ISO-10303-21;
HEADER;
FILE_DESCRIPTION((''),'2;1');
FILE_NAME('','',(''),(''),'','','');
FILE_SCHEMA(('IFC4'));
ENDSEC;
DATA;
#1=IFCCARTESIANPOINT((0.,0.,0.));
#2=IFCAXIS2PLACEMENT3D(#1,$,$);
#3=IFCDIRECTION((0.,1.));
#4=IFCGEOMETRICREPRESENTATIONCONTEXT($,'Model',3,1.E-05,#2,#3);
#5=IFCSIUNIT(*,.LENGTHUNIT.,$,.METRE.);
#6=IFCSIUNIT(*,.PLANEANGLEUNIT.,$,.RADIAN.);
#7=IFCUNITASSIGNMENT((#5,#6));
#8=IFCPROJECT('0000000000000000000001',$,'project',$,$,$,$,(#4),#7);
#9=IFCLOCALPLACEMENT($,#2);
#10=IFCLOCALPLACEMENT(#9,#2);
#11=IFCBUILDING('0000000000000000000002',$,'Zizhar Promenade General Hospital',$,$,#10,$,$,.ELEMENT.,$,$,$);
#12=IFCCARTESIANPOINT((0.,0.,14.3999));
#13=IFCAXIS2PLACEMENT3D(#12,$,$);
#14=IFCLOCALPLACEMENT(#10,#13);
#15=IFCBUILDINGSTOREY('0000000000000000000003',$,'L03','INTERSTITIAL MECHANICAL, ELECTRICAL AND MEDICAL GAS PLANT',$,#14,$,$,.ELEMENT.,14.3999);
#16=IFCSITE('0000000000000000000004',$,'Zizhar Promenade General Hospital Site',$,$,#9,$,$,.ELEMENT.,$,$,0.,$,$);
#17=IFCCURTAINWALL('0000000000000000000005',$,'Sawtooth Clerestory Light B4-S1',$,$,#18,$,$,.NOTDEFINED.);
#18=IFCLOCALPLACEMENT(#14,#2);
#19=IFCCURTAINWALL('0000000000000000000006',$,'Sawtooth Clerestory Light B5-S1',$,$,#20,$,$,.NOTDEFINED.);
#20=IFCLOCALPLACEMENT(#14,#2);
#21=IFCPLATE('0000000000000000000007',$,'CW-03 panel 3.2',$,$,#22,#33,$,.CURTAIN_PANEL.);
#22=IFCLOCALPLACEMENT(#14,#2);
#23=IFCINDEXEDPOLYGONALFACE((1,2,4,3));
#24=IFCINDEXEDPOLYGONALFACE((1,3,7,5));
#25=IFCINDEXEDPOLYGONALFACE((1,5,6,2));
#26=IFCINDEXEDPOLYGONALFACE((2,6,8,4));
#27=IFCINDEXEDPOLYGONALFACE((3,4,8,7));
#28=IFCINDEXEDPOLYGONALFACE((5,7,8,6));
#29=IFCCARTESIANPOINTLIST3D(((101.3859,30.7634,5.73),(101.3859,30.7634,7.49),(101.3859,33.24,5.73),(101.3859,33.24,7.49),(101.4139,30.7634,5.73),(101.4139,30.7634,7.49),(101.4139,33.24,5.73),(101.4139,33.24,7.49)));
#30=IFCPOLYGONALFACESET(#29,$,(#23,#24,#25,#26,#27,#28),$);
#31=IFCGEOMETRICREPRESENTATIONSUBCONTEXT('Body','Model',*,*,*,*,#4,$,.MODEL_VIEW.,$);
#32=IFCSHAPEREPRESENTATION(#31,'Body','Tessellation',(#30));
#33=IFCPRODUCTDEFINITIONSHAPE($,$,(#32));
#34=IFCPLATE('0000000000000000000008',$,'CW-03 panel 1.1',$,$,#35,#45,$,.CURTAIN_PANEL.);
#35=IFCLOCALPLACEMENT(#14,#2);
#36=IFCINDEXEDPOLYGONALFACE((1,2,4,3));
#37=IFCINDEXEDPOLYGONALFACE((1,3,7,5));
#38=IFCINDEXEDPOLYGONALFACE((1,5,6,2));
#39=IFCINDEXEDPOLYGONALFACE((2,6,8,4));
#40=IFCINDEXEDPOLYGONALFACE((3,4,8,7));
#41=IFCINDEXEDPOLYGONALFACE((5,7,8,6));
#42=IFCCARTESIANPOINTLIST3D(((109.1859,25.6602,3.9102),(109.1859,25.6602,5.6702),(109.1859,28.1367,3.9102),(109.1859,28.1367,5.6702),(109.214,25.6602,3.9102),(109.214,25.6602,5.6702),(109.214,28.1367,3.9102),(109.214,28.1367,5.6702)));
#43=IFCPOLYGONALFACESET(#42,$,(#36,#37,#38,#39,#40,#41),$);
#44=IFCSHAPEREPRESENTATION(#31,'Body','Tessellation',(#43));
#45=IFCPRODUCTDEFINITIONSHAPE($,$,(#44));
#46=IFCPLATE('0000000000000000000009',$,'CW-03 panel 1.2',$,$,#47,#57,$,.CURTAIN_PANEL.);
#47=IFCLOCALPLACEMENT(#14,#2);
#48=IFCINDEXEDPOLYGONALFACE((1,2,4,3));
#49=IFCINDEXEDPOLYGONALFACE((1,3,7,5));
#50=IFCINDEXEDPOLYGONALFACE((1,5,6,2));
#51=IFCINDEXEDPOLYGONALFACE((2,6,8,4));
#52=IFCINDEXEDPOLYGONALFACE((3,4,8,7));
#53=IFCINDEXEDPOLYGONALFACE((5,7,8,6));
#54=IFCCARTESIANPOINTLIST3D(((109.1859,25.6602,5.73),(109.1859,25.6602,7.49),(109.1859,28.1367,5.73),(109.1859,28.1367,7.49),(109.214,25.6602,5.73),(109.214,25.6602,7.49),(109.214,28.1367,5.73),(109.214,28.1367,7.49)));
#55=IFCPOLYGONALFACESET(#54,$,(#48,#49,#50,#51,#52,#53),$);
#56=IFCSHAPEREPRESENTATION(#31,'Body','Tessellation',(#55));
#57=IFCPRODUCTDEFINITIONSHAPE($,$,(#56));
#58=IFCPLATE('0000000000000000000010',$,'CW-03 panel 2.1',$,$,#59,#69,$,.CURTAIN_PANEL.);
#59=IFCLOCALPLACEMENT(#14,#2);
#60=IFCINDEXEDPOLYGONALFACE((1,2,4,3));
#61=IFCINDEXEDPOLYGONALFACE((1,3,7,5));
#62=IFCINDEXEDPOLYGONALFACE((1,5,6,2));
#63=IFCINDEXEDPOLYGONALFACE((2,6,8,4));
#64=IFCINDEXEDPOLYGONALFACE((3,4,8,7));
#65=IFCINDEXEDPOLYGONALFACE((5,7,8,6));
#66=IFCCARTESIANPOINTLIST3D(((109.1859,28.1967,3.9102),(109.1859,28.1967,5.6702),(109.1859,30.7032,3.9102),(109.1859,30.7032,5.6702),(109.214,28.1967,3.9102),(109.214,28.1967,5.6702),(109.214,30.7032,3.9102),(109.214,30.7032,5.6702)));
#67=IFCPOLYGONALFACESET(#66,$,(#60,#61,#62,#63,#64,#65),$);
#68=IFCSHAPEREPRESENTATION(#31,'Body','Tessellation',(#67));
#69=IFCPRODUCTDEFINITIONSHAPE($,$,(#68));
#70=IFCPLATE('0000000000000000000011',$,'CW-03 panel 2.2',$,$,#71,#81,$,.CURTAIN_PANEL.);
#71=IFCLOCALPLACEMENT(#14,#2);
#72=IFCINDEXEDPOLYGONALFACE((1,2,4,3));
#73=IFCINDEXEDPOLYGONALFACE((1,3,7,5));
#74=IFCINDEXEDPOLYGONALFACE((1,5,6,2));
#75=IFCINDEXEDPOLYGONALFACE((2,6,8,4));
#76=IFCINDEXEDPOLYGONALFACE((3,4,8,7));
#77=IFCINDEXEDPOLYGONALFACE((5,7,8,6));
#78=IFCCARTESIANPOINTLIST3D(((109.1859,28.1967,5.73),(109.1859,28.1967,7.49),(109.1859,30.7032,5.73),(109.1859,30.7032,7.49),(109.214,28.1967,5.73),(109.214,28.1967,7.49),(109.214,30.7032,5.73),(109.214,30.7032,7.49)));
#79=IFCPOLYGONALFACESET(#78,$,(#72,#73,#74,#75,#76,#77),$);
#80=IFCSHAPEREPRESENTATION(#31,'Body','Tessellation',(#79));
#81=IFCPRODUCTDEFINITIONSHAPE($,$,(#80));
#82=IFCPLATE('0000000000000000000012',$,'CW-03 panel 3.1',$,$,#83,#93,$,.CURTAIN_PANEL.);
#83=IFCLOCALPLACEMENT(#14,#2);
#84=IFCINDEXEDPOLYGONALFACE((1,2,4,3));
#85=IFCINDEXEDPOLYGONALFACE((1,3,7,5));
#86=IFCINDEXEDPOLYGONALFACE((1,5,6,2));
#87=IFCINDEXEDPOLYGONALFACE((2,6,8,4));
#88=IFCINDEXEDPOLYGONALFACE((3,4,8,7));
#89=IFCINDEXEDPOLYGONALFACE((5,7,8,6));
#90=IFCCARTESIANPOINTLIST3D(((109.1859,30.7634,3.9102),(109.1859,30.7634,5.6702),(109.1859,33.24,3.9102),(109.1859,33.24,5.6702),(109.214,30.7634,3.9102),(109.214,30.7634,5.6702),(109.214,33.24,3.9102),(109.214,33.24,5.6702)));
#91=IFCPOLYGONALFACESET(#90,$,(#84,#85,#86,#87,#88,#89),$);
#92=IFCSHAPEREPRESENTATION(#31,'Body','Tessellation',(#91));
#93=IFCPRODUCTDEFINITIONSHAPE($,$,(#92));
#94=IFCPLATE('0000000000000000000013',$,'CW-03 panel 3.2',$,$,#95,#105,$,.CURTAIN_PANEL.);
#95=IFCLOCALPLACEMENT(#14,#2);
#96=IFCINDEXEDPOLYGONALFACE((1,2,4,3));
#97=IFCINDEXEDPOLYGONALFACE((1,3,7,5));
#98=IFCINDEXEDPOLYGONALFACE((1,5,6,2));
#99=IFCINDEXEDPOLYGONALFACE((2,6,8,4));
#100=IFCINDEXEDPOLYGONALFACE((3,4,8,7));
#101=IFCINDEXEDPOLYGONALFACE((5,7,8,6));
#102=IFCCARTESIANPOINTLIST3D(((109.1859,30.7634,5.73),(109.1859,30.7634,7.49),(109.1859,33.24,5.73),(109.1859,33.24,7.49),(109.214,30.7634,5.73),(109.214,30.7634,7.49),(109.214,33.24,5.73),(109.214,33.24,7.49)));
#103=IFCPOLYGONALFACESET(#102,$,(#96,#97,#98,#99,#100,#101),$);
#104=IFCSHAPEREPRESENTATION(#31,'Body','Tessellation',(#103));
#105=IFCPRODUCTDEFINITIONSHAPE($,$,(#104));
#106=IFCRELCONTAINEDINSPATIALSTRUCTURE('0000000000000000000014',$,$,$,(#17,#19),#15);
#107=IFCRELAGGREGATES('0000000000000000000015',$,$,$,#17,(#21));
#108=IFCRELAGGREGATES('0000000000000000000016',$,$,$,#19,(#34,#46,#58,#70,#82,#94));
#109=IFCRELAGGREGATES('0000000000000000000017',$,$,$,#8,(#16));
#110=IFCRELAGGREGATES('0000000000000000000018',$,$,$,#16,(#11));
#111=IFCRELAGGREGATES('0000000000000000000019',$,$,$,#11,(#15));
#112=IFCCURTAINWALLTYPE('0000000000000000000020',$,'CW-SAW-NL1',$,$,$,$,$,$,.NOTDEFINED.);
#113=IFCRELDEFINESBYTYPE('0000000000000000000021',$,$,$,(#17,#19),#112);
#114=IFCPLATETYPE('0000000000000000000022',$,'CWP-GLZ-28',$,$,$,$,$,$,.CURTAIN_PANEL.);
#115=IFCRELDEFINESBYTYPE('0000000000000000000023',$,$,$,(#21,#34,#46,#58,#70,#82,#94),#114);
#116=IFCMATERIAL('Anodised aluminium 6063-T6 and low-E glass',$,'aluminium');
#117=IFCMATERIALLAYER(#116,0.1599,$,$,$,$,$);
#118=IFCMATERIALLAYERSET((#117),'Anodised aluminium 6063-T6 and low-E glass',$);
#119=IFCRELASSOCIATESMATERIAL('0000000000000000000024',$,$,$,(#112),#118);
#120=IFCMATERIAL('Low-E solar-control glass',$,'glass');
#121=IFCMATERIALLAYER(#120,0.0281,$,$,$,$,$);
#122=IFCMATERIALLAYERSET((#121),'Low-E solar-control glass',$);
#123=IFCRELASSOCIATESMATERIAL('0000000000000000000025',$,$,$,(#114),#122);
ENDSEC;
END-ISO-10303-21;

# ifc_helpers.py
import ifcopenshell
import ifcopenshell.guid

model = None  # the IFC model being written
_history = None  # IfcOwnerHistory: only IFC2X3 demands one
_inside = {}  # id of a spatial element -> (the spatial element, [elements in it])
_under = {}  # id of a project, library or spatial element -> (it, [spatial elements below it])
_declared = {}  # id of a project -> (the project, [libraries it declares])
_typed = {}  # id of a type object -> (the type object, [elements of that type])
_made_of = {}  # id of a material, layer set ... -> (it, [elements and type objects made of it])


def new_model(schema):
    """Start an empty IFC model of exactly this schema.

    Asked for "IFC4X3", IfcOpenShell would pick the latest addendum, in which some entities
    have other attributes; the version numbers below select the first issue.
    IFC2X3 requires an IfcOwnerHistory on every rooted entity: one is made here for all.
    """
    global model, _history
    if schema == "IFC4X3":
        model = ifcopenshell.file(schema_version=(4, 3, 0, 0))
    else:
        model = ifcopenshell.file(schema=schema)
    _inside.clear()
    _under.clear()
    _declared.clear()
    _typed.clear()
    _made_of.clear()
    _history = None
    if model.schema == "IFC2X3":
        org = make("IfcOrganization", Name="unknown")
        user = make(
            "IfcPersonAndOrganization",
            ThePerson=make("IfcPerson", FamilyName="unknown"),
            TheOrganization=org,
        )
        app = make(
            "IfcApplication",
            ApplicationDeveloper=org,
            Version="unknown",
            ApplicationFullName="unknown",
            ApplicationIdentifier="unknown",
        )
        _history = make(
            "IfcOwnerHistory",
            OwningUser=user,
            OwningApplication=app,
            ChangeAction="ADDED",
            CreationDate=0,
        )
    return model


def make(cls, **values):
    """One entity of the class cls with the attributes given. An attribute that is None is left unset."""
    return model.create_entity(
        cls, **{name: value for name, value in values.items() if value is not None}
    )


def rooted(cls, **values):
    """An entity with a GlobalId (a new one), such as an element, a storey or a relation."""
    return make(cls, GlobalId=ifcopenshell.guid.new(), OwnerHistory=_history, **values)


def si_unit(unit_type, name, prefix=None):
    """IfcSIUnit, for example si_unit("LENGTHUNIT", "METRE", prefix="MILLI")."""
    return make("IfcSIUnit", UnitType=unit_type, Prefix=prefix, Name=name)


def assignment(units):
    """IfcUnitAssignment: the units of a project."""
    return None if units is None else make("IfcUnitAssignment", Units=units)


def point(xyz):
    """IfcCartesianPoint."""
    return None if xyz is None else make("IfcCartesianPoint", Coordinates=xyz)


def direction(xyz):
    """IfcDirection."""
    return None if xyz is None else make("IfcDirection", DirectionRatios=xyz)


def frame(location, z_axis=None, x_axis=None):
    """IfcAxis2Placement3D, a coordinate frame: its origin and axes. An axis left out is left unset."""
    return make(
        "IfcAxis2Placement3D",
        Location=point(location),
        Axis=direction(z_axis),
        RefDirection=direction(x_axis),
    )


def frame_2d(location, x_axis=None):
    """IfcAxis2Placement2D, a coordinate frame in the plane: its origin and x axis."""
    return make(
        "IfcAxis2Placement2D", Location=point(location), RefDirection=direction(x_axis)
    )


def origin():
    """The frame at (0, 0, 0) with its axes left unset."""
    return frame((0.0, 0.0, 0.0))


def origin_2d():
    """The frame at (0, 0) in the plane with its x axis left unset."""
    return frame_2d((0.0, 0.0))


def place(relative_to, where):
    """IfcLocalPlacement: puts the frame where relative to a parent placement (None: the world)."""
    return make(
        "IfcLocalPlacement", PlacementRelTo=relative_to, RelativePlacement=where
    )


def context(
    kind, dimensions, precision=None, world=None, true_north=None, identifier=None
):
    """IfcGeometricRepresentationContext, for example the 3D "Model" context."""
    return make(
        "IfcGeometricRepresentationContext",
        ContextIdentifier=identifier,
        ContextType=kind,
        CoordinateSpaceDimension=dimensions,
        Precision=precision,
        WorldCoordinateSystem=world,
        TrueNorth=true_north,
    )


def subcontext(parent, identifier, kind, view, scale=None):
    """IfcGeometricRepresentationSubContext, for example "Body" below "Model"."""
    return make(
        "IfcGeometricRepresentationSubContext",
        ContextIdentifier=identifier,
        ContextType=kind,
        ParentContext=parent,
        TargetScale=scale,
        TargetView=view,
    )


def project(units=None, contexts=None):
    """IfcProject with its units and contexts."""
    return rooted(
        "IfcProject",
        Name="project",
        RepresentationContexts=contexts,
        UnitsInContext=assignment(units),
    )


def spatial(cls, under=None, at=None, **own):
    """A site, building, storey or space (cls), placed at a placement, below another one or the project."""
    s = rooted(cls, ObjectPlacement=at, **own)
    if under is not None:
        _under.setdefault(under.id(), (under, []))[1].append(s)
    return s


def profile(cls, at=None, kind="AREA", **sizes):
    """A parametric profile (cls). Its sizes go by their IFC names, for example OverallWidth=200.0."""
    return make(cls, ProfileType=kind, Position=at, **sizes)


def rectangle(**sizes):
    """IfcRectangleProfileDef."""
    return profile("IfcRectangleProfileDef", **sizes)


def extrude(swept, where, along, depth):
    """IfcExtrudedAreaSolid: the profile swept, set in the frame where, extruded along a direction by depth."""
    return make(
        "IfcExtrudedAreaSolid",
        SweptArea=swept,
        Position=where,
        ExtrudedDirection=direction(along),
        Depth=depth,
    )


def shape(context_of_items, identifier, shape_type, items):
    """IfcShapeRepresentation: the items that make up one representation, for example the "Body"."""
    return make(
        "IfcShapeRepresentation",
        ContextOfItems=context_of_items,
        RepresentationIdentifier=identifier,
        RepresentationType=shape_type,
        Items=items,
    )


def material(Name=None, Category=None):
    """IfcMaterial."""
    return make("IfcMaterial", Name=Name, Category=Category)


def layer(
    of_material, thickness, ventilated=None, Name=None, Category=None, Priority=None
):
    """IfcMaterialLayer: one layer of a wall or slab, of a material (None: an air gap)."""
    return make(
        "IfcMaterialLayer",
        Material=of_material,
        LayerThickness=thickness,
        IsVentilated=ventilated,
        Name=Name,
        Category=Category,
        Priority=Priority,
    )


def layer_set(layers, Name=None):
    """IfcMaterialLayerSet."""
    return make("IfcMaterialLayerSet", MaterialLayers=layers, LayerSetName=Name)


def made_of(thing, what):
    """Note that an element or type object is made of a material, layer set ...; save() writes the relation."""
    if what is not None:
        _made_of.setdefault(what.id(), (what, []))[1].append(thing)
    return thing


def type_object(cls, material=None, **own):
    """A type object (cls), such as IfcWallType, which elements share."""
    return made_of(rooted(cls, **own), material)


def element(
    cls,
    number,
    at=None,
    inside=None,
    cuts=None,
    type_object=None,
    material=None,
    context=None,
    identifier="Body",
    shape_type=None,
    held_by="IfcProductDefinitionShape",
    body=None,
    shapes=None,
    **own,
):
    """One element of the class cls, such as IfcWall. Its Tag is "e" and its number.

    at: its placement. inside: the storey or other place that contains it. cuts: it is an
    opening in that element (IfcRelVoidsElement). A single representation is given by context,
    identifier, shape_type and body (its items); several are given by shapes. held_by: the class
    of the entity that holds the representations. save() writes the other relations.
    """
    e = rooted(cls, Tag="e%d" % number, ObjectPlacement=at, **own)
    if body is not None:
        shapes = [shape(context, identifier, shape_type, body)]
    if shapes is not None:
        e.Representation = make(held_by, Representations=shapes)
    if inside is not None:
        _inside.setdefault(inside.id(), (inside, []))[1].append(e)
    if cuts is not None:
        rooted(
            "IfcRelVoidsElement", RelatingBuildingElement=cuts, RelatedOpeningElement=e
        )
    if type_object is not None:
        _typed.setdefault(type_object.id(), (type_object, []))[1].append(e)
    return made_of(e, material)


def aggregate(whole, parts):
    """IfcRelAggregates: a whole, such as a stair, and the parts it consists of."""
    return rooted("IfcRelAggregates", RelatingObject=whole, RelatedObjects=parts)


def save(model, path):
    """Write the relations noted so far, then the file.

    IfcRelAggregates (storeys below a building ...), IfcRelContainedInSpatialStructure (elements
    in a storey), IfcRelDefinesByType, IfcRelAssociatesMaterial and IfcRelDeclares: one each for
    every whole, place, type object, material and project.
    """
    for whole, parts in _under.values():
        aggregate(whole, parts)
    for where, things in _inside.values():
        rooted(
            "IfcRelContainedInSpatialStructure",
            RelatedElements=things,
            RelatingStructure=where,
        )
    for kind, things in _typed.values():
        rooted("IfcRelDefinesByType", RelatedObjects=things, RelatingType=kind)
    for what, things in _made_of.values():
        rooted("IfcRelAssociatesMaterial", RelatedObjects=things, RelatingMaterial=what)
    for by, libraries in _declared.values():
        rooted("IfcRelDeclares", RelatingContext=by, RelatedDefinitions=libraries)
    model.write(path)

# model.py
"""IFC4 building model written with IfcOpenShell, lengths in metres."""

from ifc_helpers import new_model, si_unit, direction, frame, origin, origin_2d, place, context, subcontext, project, spatial, rectangle, extrude, material, layer, layer_set, type_object, element, aggregate, save


model = new_model("IFC4")

# Units and contexts
model_context = context("Model", 3, precision=1e-05, world=origin(), true_north=direction((0.0, 1.0)))
body_context = subcontext(model_context, "Body", "Model", "MODEL_VIEW")
ifc_project = project(units=[si_unit("LENGTHUNIT", "METRE"), si_unit("PLANEANGLEUNIT", "RADIAN")], contexts=[model_context])

# Site, building, storey
site_placement = place(None, origin())
site = spatial("IfcSite", under=ifc_project, at=site_placement, Name="Zizhar Promenade General Hospital Site", CompositionType="ELEMENT", RefElevation=0.0)
building_placement = place(site_placement, origin())
building = spatial("IfcBuilding", under=site, at=building_placement, Name="Zizhar Promenade General Hospital", CompositionType="ELEMENT")
storey_placement = place(building_placement, frame((0.0, 0.0, 14.3999)))
storey = spatial("IfcBuildingStorey", under=building, at=storey_placement, Name="L03", Description="INTERSTITIAL MECHANICAL, ELECTRICAL AND MEDICAL GAS PLANT", CompositionType="ELEMENT", Elevation=14.3999)

# Curtain walls
ifc_material_1 = material(Name="Anodised aluminium 6063-T6 and low-E glass", Category="aluminium")
ifc_layer_1 = layer(ifc_material_1, 0.1599)
ifc_layer_set_1 = layer_set([ifc_layer_1], Name="Anodised aluminium 6063-T6 and low-E glass")
curtain_wall_type = type_object("IfcCurtainWallType", Name="CW-SAW-NL1", PredefinedType="NOTDEFINED", material=ifc_layer_set_1)
curtain_wall_1_placement = place(storey_placement, origin())
curtain_wall_1 = element("IfcCurtainWall", 1, at=curtain_wall_1_placement, inside=storey, type_object=curtain_wall_type, Name="Sawtooth Clerestory Light B4-S1", PredefinedType="NOTDEFINED")
curtain_wall_2_placement = place(storey_placement, origin())
curtain_wall_2 = element("IfcCurtainWall", 2, at=curtain_wall_2_placement, inside=storey, type_object=curtain_wall_type, Name="Sawtooth Clerestory Light B5-S1", PredefinedType="NOTDEFINED")

# Plates
ifc_material_2 = material(Name="Low-E solar-control glass", Category="glass")
ifc_layer_2 = layer(ifc_material_2, 0.0281)
ifc_layer_set_2 = layer_set([ifc_layer_2], Name="Low-E solar-control glass")
plate_type = type_object("IfcPlateType", Name="CWP-GLZ-28", PredefinedType="CURTAIN_PANEL", material=ifc_layer_set_2)
plate_1_placement = place(storey_placement, frame((101.3999, 32.0017, 5.73), z_axis=(0.0, 0.0, 1.0), x_axis=(0.0, 1.0, 0.0)))
plate_1 = element("IfcPlate", 3, at=plate_1_placement, type_object=plate_type, Name="CW-03 panel 3.2", PredefinedType="CURTAIN_PANEL", context=body_context, shape_type="SweptSolid", body=[
    extrude(rectangle(XDim=2.4766, YDim=0.0281, at=origin_2d()), origin(), (0.0, 0.0, 1.0), 1.76),
])
aggregate(curtain_wall_1, [plate_1])
plate_2_placement = place(storey_placement, frame((109.2, 26.8984, 3.9102), z_axis=(0.0, 0.0, 1.0), x_axis=(0.0, 1.0, 0.0)))
plate_2 = element("IfcPlate", 4, at=plate_2_placement, type_object=plate_type, Name="CW-03 panel 1.1", PredefinedType="CURTAIN_PANEL", context=body_context, shape_type="SweptSolid", body=[
    extrude(rectangle(XDim=2.4766, YDim=0.0281, at=origin_2d()), origin(), (0.0, 0.0, 1.0), 1.76),
])
plate_3_placement = place(storey_placement, frame((109.2, 26.8984, 5.73), z_axis=(0.0, 0.0, 1.0), x_axis=(0.0, 1.0, 0.0)))
plate_3 = element("IfcPlate", 5, at=plate_3_placement, type_object=plate_type, Name="CW-03 panel 1.2", PredefinedType="CURTAIN_PANEL", context=body_context, shape_type="SweptSolid", body=[
    extrude(rectangle(XDim=2.4766, YDim=0.0281, at=origin_2d()), origin(), (0.0, 0.0, 1.0), 1.76),
])
plate_4_placement = place(storey_placement, frame((109.2, 29.45, 3.9102), z_axis=(0.0, 0.0, 1.0), x_axis=(0.0, 1.0, 0.0)))
plate_4 = element("IfcPlate", 6, at=plate_4_placement, type_object=plate_type, Name="CW-03 panel 2.1", PredefinedType="CURTAIN_PANEL", context=body_context, shape_type="SweptSolid", body=[
    extrude(rectangle(XDim=2.5066, YDim=0.0281, at=origin_2d()), origin(), (0.0, 0.0, 1.0), 1.76),
])
plate_5_placement = place(storey_placement, frame((109.2, 29.45, 5.73), z_axis=(0.0, 0.0, 1.0), x_axis=(0.0, 1.0, 0.0)))
plate_5 = element("IfcPlate", 7, at=plate_5_placement, type_object=plate_type, Name="CW-03 panel 2.2", PredefinedType="CURTAIN_PANEL", context=body_context, shape_type="SweptSolid", body=[
    extrude(rectangle(XDim=2.5066, YDim=0.0281, at=origin_2d()), origin(), (0.0, 0.0, 1.0), 1.76),
])
plate_6_placement = place(storey_placement, frame((109.2, 32.0017, 3.9102), z_axis=(0.0, 0.0, 1.0), x_axis=(0.0, 1.0, 0.0)))
plate_6 = element("IfcPlate", 8, at=plate_6_placement, type_object=plate_type, Name="CW-03 panel 3.1", PredefinedType="CURTAIN_PANEL", context=body_context, shape_type="SweptSolid", body=[
    extrude(rectangle(XDim=2.4766, YDim=0.0281, at=origin_2d()), origin(), (0.0, 0.0, 1.0), 1.76),
])
plate_7_placement = place(storey_placement, frame((109.2, 32.0017, 5.73), z_axis=(0.0, 0.0, 1.0), x_axis=(0.0, 1.0, 0.0)))
plate_7 = element("IfcPlate", 9, at=plate_7_placement, type_object=plate_type, Name="CW-03 panel 3.2", PredefinedType="CURTAIN_PANEL", context=body_context, shape_type="SweptSolid", body=[
    extrude(rectangle(XDim=2.4766, YDim=0.0281, at=origin_2d()), origin(), (0.0, 0.0, 1.0), 1.76),
])
aggregate(curtain_wall_2, [plate_2, plate_3, plate_4, plate_5, plate_6, plate_7])

save(model, "model.ifc")
